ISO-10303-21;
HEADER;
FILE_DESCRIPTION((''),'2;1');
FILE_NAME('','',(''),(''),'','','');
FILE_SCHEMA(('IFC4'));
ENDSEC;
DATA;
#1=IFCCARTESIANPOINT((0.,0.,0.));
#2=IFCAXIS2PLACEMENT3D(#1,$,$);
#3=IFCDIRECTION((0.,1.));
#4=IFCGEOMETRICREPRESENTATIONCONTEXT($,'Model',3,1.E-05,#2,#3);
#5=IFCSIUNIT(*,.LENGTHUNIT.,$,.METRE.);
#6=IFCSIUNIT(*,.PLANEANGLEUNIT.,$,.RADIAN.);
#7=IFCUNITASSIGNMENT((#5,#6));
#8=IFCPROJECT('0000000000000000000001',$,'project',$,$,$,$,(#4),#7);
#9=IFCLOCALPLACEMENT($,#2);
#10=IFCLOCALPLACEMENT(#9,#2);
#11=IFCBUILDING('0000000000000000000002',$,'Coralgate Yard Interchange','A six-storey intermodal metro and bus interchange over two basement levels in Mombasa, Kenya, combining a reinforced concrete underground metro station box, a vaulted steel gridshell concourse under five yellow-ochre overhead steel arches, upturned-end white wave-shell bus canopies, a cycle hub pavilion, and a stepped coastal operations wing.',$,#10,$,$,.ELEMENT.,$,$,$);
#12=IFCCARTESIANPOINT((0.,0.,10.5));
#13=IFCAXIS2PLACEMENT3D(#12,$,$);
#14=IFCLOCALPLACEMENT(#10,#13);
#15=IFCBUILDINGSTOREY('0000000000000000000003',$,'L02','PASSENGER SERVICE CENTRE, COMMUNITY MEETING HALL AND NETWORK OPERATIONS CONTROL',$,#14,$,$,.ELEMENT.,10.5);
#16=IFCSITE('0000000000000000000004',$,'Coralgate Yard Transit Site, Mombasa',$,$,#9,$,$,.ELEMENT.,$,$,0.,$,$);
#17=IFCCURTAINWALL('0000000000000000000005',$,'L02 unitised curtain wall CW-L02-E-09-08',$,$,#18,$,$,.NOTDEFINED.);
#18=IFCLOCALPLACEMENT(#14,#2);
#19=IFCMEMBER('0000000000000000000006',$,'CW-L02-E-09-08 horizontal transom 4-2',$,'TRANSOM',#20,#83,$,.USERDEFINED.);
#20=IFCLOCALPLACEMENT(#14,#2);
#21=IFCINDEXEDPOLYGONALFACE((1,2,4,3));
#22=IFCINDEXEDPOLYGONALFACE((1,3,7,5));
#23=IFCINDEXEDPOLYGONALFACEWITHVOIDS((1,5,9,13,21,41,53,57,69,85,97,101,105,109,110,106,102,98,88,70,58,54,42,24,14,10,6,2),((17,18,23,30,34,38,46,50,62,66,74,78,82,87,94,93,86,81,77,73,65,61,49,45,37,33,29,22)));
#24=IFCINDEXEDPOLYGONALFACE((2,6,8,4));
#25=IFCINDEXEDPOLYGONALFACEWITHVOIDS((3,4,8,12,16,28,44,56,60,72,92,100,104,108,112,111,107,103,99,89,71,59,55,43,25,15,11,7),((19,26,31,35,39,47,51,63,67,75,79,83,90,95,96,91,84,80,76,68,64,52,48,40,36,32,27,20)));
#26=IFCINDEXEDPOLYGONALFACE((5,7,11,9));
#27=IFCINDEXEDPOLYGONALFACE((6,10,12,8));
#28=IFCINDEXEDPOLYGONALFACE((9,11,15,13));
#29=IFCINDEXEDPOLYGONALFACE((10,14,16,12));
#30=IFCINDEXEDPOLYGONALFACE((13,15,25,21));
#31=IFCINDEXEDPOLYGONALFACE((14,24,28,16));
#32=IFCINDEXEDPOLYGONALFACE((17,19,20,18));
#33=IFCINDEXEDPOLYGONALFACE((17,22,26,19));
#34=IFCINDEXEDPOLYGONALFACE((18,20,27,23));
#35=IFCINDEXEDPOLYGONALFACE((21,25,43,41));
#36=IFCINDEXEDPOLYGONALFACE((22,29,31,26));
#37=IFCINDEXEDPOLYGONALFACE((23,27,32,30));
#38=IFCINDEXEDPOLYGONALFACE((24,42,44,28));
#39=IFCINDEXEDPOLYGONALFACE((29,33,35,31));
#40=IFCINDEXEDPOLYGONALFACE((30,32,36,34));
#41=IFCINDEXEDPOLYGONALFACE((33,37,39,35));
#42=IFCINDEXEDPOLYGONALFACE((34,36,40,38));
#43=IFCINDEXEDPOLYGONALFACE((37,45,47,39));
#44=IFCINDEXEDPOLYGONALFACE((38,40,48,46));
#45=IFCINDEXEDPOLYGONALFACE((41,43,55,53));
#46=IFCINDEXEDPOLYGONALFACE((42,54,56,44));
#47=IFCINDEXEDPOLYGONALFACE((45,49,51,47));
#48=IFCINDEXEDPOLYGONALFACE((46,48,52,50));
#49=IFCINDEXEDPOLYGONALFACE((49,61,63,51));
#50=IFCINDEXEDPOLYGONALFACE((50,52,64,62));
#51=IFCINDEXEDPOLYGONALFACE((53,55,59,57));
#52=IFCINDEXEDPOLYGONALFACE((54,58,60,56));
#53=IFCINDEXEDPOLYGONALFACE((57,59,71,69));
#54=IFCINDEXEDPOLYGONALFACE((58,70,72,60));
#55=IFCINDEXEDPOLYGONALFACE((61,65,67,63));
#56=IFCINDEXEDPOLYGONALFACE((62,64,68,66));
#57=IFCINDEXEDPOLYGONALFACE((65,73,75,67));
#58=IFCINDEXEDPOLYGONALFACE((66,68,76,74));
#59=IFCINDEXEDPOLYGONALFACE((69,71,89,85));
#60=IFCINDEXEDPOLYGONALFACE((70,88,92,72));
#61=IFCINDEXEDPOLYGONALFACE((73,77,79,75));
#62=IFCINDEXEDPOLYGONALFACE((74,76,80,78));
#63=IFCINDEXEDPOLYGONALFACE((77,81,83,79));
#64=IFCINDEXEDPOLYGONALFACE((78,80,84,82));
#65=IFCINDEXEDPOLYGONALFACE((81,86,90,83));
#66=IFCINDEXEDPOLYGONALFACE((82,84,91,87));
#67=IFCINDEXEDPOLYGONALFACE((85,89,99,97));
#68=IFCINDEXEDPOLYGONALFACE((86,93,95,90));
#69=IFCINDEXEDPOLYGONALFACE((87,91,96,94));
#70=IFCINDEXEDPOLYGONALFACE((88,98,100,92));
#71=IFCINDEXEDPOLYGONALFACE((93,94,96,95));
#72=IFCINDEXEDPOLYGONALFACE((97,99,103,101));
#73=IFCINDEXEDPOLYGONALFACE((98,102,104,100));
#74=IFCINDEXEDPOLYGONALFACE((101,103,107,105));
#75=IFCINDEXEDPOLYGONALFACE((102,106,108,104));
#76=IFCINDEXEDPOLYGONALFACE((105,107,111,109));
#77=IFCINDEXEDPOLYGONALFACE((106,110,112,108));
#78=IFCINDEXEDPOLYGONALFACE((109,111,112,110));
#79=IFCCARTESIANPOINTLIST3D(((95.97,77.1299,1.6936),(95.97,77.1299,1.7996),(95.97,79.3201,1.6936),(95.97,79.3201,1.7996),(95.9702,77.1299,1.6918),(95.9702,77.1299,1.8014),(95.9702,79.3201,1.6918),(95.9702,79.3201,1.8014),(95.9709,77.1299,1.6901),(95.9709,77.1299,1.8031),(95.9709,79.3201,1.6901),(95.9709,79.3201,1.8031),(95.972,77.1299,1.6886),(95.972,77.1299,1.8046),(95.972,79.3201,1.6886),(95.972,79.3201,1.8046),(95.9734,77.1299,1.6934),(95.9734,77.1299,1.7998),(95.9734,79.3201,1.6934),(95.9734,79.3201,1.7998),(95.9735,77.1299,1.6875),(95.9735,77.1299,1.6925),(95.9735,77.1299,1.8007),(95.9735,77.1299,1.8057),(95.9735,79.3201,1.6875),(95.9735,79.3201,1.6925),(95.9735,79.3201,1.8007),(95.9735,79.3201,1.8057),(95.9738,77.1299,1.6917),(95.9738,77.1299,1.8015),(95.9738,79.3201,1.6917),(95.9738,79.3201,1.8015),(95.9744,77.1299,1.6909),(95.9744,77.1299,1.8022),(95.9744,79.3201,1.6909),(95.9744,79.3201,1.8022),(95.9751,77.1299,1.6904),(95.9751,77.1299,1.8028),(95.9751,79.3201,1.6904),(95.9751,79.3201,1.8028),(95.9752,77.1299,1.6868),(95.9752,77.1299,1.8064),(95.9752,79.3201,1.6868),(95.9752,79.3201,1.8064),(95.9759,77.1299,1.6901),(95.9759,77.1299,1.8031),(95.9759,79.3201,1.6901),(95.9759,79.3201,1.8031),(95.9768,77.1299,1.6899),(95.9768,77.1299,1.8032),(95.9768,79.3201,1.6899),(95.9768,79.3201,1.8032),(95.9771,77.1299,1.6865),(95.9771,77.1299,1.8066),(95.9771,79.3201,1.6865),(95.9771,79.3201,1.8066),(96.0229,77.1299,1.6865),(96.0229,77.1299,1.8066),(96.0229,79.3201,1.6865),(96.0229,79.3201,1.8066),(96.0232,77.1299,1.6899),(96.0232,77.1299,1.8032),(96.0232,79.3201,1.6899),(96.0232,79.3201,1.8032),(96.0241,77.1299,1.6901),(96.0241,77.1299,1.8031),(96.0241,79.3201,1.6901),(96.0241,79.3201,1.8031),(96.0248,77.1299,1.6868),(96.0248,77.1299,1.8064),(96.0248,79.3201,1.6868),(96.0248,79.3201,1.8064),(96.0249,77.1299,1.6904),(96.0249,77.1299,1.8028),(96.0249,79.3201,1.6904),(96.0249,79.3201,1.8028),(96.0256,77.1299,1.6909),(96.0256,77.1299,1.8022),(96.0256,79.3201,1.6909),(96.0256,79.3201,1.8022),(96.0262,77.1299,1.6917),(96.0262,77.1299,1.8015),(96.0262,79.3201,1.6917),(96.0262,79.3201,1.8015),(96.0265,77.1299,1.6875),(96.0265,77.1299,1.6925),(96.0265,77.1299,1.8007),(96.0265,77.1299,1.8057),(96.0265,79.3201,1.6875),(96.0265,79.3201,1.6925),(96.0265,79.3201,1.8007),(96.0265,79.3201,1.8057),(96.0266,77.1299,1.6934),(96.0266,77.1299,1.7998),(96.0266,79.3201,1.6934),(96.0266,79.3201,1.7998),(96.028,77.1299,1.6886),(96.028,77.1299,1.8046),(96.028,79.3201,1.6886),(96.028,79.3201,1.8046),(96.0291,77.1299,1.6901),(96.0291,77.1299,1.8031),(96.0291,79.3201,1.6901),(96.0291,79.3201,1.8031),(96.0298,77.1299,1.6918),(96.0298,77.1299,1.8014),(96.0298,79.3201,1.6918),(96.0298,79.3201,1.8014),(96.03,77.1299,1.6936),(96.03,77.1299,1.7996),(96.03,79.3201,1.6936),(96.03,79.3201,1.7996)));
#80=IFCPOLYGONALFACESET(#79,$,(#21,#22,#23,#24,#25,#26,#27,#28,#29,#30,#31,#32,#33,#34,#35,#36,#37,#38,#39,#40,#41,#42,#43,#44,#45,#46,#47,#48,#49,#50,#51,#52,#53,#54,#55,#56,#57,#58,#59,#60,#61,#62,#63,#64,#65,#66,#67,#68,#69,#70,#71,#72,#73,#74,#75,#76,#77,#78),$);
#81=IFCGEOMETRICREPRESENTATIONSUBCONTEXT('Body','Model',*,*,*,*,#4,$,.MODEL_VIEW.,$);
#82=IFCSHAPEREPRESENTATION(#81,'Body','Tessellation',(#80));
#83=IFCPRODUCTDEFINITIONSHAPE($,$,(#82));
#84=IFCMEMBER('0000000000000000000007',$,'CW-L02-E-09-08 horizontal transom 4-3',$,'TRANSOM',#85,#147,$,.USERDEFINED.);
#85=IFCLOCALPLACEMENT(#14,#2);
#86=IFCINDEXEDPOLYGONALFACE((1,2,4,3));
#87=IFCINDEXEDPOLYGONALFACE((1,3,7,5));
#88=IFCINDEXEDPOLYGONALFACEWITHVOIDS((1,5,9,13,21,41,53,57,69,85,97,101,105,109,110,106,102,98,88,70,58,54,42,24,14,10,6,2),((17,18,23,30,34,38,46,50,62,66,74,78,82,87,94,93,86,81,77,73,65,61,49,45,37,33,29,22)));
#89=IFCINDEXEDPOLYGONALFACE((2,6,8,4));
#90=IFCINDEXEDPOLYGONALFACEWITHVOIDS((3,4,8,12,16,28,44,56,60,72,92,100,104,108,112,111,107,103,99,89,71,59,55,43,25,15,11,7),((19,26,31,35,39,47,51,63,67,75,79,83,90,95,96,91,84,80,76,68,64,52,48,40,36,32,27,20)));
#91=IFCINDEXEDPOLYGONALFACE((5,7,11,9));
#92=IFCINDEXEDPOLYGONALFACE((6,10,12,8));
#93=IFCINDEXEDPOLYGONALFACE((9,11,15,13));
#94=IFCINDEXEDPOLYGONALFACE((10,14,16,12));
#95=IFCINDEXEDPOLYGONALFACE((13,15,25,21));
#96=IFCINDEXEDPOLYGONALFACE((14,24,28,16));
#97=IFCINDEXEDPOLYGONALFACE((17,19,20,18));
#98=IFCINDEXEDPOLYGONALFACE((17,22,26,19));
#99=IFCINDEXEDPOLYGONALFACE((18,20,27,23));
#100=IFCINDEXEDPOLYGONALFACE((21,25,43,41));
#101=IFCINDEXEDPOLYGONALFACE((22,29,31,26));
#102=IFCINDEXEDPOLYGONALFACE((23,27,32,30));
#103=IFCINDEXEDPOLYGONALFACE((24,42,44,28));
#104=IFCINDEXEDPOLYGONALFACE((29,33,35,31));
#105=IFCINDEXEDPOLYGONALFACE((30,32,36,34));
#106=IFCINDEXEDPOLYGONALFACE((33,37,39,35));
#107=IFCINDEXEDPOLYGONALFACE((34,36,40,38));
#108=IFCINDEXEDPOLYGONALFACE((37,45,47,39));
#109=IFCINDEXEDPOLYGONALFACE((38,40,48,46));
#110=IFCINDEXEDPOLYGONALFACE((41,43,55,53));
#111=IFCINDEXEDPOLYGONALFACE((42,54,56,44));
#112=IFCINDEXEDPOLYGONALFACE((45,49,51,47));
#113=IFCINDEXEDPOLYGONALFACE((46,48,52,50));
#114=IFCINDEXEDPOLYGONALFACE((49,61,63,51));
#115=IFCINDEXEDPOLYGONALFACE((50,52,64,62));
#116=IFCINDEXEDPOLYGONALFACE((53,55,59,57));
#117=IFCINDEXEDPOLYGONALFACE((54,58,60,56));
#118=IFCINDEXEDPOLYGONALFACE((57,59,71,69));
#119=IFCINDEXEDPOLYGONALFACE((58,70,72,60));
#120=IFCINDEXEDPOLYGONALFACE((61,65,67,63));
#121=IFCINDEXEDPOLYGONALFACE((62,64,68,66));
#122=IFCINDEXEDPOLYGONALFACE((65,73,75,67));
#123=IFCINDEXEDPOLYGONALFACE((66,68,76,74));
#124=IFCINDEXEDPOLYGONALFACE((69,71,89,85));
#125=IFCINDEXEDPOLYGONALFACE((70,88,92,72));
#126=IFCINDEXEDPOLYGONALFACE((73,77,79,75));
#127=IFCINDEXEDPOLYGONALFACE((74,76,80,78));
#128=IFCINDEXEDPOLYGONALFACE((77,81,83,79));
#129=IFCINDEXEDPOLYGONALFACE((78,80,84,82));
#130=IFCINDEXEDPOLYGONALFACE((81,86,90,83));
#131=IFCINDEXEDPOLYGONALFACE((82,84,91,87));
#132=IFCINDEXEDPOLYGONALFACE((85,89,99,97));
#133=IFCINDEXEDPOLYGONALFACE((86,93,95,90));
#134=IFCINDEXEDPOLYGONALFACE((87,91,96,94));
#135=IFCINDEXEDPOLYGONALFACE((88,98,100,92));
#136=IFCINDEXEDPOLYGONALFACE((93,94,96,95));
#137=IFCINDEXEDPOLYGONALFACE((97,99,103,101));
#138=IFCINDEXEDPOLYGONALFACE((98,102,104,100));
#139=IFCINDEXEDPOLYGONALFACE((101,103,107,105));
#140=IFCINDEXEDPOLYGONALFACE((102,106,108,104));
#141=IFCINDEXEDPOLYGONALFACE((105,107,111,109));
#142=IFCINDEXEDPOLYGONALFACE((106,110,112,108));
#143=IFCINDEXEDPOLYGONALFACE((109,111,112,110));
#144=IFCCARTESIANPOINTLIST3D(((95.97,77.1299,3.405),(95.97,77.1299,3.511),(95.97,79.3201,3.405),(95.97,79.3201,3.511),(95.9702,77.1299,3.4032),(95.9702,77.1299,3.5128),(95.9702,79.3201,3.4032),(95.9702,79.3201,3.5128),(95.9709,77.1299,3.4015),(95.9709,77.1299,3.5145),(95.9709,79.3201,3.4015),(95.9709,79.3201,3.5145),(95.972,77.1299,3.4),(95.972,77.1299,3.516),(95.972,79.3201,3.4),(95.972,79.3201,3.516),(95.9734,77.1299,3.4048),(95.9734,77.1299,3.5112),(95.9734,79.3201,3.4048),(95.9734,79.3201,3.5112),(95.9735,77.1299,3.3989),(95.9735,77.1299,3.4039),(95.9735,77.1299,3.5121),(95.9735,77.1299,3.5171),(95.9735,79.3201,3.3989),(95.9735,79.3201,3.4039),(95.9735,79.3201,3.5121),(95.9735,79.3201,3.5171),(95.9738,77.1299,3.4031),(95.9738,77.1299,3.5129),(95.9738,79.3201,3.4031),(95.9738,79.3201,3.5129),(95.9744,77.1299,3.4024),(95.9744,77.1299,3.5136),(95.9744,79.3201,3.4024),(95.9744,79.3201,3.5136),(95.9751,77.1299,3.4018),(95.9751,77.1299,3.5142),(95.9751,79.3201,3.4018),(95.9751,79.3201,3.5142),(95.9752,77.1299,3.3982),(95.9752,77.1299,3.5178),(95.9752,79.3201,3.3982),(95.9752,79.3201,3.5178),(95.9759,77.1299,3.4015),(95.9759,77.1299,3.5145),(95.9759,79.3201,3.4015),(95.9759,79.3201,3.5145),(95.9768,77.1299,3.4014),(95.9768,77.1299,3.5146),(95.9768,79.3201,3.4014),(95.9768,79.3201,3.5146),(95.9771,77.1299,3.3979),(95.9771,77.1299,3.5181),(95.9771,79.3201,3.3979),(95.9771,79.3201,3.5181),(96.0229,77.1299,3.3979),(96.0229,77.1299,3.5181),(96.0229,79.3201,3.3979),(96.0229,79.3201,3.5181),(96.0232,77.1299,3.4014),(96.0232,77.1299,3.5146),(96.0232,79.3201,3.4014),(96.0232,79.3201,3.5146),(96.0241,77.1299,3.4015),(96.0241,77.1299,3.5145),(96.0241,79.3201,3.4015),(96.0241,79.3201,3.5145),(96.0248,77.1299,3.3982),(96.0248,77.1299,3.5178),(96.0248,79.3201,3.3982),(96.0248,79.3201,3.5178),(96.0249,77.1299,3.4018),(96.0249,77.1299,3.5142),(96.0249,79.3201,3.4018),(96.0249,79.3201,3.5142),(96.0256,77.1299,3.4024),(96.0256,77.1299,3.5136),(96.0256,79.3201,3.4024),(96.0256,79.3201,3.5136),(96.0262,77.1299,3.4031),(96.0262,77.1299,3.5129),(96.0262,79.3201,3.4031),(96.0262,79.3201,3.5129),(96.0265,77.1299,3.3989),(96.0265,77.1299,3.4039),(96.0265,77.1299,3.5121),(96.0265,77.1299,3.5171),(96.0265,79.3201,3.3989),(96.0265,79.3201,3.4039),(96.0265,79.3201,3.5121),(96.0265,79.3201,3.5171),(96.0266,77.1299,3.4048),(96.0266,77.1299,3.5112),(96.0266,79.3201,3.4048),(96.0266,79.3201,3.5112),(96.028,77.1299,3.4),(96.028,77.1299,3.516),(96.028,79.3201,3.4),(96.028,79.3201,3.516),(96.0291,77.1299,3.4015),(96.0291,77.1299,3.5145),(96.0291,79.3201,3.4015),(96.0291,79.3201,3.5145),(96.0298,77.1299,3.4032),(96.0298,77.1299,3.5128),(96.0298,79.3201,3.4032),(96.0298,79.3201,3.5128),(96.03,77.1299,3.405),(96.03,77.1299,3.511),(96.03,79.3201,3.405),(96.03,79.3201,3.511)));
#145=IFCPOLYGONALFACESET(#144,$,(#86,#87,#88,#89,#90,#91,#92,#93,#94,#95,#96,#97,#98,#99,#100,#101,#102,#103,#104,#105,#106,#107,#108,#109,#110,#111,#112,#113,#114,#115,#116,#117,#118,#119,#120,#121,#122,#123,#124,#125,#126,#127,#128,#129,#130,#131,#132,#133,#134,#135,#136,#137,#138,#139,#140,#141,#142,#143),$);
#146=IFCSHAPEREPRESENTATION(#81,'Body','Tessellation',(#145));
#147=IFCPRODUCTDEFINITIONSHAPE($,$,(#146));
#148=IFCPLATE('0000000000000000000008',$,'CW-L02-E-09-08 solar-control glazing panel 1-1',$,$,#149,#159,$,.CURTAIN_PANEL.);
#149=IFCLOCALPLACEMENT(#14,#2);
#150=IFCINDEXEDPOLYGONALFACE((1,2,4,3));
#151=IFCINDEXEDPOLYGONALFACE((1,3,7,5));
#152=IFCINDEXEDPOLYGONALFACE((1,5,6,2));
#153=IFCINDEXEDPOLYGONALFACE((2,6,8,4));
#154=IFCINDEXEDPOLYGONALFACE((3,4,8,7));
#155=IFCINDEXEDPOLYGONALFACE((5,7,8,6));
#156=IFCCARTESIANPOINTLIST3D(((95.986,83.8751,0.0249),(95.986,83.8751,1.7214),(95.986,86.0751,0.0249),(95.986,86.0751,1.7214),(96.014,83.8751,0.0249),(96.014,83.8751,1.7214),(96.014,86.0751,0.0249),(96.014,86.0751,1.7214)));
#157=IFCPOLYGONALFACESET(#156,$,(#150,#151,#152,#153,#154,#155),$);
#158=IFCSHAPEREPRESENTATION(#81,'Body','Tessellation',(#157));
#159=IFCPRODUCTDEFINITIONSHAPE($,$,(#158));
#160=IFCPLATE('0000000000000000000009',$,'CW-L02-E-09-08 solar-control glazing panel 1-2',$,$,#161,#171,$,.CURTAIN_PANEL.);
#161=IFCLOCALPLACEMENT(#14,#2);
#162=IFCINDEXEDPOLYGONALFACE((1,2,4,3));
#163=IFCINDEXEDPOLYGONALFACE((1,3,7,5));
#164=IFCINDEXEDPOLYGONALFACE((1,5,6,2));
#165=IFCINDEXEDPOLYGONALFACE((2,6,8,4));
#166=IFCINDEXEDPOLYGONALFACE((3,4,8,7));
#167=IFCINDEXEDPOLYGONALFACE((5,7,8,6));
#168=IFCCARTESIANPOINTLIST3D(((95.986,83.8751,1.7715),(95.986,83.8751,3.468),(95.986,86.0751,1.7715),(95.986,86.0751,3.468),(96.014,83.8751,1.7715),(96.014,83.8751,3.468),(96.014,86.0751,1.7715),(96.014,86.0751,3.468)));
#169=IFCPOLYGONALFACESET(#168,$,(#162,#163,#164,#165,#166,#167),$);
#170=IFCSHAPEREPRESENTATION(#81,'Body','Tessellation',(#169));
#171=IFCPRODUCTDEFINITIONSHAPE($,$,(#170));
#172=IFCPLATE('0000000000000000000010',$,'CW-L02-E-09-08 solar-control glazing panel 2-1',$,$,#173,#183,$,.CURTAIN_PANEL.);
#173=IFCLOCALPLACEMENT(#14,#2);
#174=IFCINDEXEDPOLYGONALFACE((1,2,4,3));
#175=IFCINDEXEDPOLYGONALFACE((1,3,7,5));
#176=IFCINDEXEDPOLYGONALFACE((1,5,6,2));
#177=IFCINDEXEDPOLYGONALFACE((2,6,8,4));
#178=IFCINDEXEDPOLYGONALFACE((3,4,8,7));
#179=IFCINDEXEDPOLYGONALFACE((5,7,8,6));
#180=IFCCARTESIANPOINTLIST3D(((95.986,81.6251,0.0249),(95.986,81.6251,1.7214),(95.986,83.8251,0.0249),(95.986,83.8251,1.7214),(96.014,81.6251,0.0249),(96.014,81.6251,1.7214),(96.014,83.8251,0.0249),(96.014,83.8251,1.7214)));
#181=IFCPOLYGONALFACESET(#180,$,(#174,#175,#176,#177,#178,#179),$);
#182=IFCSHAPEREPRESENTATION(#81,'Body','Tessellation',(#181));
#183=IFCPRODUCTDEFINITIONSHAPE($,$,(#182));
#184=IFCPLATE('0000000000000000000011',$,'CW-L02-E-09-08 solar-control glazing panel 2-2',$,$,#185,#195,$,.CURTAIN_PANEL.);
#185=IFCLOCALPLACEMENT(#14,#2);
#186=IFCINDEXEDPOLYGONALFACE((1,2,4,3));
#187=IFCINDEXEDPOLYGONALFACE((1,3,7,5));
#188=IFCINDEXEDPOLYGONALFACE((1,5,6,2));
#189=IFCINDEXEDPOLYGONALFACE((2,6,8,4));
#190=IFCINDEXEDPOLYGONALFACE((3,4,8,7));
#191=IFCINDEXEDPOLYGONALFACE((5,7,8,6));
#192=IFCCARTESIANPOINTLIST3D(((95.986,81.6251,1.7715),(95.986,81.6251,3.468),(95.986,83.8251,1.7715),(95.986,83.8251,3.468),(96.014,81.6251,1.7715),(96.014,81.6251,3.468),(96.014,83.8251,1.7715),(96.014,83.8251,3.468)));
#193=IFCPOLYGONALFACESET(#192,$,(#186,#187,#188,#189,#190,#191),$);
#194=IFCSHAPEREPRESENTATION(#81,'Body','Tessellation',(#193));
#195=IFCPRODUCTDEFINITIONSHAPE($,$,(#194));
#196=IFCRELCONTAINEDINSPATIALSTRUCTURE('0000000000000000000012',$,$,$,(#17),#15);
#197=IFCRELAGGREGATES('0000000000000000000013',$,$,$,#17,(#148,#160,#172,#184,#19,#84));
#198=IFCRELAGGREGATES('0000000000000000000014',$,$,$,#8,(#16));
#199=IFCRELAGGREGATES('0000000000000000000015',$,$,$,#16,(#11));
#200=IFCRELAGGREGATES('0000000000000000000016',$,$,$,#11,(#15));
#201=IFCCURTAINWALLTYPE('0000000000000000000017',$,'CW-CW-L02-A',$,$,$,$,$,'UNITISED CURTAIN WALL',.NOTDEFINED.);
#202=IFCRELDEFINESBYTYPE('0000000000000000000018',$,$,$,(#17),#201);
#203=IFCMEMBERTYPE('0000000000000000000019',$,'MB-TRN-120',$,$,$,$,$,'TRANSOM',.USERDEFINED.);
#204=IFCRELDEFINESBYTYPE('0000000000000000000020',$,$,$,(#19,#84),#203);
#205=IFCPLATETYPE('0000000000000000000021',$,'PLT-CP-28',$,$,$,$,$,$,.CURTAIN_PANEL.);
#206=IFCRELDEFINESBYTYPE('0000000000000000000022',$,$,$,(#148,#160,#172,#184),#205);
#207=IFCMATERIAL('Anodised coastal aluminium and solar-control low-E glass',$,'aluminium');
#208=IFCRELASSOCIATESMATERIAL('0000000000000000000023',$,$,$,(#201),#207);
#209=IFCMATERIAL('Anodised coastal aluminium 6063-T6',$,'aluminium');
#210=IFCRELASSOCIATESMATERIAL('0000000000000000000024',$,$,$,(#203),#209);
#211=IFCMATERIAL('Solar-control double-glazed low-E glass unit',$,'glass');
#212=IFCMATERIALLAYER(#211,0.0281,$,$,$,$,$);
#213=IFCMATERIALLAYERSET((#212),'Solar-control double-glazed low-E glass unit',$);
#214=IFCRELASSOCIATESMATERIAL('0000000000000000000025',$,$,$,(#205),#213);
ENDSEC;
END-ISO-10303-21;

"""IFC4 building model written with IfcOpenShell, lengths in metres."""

from ifc_helpers import new_model, si_unit, direction, frame, origin, origin_2d, place, context, subcontext, project, spatial, rectangle, hollow_rectangle, extrude, material, layer, layer_set, material_profile, profile_set, type_object, element, aggregate, save


model = new_model("IFC4")

# Units and contexts
model_context = context("Model", 3, precision=1e-05, world=origin(), true_north=direction((0.0, 1.0)))
body_context = subcontext(model_context, "Body", "Model", "MODEL_VIEW")
ifc_project = project(units=[si_unit("LENGTHUNIT", "METRE"), si_unit("PLANEANGLEUNIT", "RADIAN")], contexts=[model_context])

# Site, building, storey
site_placement = place(None, origin())
site = spatial("IfcSite", under=ifc_project, at=site_placement, Name="Coralgate Yard Transit Site, Mombasa", CompositionType="ELEMENT", RefElevation=0.0)
building_placement = place(site_placement, origin())
building = spatial("IfcBuilding", under=site, at=building_placement, Name="Coralgate Yard Interchange", Description="A six-storey intermodal metro and bus interchange over two basement levels in Mombasa, Kenya, combining a reinforced concrete underground metro station box, a vaulted steel gridshell concourse under five yellow-ochre overhead steel arches, upturned-end white wave-shell bus canopies, a cycle hub pavilion, and a stepped coastal operations wing.", CompositionType="ELEMENT")
storey_placement = place(building_placement, frame((0.0, 0.0, 10.5)))
storey = spatial("IfcBuildingStorey", under=building, at=storey_placement, Name="L02", Description="PASSENGER SERVICE CENTRE, COMMUNITY MEETING HALL AND NETWORK OPERATIONS CONTROL", CompositionType="ELEMENT", Elevation=10.5)

# Shared definitions
ifc_material_1 = material(Name="Anodised coastal aluminium and solar-control low-E glass", Category="aluminium")
curtain_wall_type = type_object("IfcCurtainWallType", Name="CW-CW-L02-A", ElementType="UNITISED CURTAIN WALL", PredefinedType="NOTDEFINED", material=ifc_material_1)
ifc_material_2 = material(Name="Anodised coastal aluminium 6063-T6", Category="aluminium")

# Curtain wall
curtain_wall_1_placement = place(storey_placement, origin())
curtain_wall_1 = element("IfcCurtainWall", 1, at=curtain_wall_1_placement, inside=storey, type_object=curtain_wall_type, Name="L02 unitised curtain wall CW-L02-E-09-08", PredefinedType="NOTDEFINED")

# Members
ifc_material_profile_1 = material_profile(ifc_material_2, hollow_rectangle(XDim=0.0601, YDim=0.1201, WallThickness=0.0034, InnerFilletRadius=0.0034, OuterFilletRadius=0.0071, at=origin_2d()), Name="ALU 60x120x3.5")
ifc_profile_set_1 = profile_set([ifc_material_profile_1], Name="Anodised coastal aluminium 6063-T6")
member_type_1 = type_object("IfcMemberType", Name="MB-TRN-120", ElementType="TRANSOM", PredefinedType="USERDEFINED", material=ifc_profile_set_1)
member_1_placement = place(storey_placement, frame((96.0, 79.3201, 1.7466), z_axis=(0.0, -1.0, 0.0), x_axis=(1.0, 0.0, 0.0)))
member_1 = element("IfcMember", 2, at=member_1_placement, type_object=member_type_1, Name="CW-L02-E-09-08 horizontal transom 4-2", ObjectType="TRANSOM", PredefinedType="USERDEFINED", context=body_context, shape_type="SweptSolid", body=[
    extrude(hollow_rectangle(XDim=0.0601, YDim=0.1201, WallThickness=0.0034, InnerFilletRadius=0.0034, OuterFilletRadius=0.0071, at=origin_2d()), origin(), (0.0, 0.0, 1.0), 2.1902),
])
member_2_placement = place(storey_placement, frame((96.0, 79.3201, 3.458), z_axis=(0.0, -1.0, 0.0), x_axis=(1.0, 0.0, 0.0)))
member_2 = element("IfcMember", 3, at=member_2_placement, type_object=member_type_1, Name="CW-L02-E-09-08 horizontal transom 4-3", ObjectType="TRANSOM", PredefinedType="USERDEFINED", context=body_context, shape_type="SweptSolid", body=[
    extrude(hollow_rectangle(XDim=0.0601, YDim=0.1201, WallThickness=0.0034, InnerFilletRadius=0.0034, OuterFilletRadius=0.0071, at=origin_2d()), origin(), (0.0, 0.0, 1.0), 2.1902),
])

# Plates
ifc_material_3 = material(Name="Solar-control double-glazed low-E glass unit", Category="glass")
ifc_layer = layer(ifc_material_3, 0.0281)
ifc_layer_set = layer_set([ifc_layer], Name="Solar-control double-glazed low-E glass unit")
plate_type = type_object("IfcPlateType", Name="PLT-CP-28", PredefinedType="CURTAIN_PANEL", material=ifc_layer_set)
plate_1_placement = place(storey_placement, frame((96.0, 84.9751, 0.0249), z_axis=(0.0, 0.0, 1.0), x_axis=(0.0, -1.0, 0.0)))
plate_1 = element("IfcPlate", 4, at=plate_1_placement, type_object=plate_type, Name="CW-L02-E-09-08 solar-control glazing panel 1-1", PredefinedType="CURTAIN_PANEL", context=body_context, shape_type="SweptSolid", body=[
    extrude(rectangle(XDim=2.2, YDim=0.0281, at=origin_2d()), origin(), (0.0, 0.0, 1.0), 1.6965),
])
plate_2_placement = place(storey_placement, frame((96.0, 84.9751, 1.7715), z_axis=(0.0, 0.0, 1.0), x_axis=(0.0, -1.0, 0.0)))
plate_2 = element("IfcPlate", 5, at=plate_2_placement, type_object=plate_type, Name="CW-L02-E-09-08 solar-control glazing panel 1-2", PredefinedType="CURTAIN_PANEL", context=body_context, shape_type="SweptSolid", body=[
    extrude(rectangle(XDim=2.2, YDim=0.0281, at=origin_2d()), origin(), (0.0, 0.0, 1.0), 1.6965),
])
plate_3_placement = place(storey_placement, frame((96.0, 82.7251, 0.0249), z_axis=(0.0, 0.0, 1.0), x_axis=(0.0, -1.0, 0.0)))
plate_3 = element("IfcPlate", 6, at=plate_3_placement, type_object=plate_type, Name="CW-L02-E-09-08 solar-control glazing panel 2-1", PredefinedType="CURTAIN_PANEL", context=body_context, shape_type="SweptSolid", body=[
    extrude(rectangle(XDim=2.2, YDim=0.0281, at=origin_2d()), origin(), (0.0, 0.0, 1.0), 1.6965),
])
plate_4_placement = place(storey_placement, frame((96.0, 82.7251, 1.7715), z_axis=(0.0, 0.0, 1.0), x_axis=(0.0, -1.0, 0.0)))
plate_4 = element("IfcPlate", 7, at=plate_4_placement, type_object=plate_type, Name="CW-L02-E-09-08 solar-control glazing panel 2-2", PredefinedType="CURTAIN_PANEL", context=body_context, shape_type="SweptSolid", body=[
    extrude(rectangle(XDim=2.2, YDim=0.0281, at=origin_2d()), origin(), (0.0, 0.0, 1.0), 1.6965),
])
aggregate(curtain_wall_1, [plate_1, plate_2, plate_3, plate_4, member_1, member_2])

save(model, "model.ifc")
